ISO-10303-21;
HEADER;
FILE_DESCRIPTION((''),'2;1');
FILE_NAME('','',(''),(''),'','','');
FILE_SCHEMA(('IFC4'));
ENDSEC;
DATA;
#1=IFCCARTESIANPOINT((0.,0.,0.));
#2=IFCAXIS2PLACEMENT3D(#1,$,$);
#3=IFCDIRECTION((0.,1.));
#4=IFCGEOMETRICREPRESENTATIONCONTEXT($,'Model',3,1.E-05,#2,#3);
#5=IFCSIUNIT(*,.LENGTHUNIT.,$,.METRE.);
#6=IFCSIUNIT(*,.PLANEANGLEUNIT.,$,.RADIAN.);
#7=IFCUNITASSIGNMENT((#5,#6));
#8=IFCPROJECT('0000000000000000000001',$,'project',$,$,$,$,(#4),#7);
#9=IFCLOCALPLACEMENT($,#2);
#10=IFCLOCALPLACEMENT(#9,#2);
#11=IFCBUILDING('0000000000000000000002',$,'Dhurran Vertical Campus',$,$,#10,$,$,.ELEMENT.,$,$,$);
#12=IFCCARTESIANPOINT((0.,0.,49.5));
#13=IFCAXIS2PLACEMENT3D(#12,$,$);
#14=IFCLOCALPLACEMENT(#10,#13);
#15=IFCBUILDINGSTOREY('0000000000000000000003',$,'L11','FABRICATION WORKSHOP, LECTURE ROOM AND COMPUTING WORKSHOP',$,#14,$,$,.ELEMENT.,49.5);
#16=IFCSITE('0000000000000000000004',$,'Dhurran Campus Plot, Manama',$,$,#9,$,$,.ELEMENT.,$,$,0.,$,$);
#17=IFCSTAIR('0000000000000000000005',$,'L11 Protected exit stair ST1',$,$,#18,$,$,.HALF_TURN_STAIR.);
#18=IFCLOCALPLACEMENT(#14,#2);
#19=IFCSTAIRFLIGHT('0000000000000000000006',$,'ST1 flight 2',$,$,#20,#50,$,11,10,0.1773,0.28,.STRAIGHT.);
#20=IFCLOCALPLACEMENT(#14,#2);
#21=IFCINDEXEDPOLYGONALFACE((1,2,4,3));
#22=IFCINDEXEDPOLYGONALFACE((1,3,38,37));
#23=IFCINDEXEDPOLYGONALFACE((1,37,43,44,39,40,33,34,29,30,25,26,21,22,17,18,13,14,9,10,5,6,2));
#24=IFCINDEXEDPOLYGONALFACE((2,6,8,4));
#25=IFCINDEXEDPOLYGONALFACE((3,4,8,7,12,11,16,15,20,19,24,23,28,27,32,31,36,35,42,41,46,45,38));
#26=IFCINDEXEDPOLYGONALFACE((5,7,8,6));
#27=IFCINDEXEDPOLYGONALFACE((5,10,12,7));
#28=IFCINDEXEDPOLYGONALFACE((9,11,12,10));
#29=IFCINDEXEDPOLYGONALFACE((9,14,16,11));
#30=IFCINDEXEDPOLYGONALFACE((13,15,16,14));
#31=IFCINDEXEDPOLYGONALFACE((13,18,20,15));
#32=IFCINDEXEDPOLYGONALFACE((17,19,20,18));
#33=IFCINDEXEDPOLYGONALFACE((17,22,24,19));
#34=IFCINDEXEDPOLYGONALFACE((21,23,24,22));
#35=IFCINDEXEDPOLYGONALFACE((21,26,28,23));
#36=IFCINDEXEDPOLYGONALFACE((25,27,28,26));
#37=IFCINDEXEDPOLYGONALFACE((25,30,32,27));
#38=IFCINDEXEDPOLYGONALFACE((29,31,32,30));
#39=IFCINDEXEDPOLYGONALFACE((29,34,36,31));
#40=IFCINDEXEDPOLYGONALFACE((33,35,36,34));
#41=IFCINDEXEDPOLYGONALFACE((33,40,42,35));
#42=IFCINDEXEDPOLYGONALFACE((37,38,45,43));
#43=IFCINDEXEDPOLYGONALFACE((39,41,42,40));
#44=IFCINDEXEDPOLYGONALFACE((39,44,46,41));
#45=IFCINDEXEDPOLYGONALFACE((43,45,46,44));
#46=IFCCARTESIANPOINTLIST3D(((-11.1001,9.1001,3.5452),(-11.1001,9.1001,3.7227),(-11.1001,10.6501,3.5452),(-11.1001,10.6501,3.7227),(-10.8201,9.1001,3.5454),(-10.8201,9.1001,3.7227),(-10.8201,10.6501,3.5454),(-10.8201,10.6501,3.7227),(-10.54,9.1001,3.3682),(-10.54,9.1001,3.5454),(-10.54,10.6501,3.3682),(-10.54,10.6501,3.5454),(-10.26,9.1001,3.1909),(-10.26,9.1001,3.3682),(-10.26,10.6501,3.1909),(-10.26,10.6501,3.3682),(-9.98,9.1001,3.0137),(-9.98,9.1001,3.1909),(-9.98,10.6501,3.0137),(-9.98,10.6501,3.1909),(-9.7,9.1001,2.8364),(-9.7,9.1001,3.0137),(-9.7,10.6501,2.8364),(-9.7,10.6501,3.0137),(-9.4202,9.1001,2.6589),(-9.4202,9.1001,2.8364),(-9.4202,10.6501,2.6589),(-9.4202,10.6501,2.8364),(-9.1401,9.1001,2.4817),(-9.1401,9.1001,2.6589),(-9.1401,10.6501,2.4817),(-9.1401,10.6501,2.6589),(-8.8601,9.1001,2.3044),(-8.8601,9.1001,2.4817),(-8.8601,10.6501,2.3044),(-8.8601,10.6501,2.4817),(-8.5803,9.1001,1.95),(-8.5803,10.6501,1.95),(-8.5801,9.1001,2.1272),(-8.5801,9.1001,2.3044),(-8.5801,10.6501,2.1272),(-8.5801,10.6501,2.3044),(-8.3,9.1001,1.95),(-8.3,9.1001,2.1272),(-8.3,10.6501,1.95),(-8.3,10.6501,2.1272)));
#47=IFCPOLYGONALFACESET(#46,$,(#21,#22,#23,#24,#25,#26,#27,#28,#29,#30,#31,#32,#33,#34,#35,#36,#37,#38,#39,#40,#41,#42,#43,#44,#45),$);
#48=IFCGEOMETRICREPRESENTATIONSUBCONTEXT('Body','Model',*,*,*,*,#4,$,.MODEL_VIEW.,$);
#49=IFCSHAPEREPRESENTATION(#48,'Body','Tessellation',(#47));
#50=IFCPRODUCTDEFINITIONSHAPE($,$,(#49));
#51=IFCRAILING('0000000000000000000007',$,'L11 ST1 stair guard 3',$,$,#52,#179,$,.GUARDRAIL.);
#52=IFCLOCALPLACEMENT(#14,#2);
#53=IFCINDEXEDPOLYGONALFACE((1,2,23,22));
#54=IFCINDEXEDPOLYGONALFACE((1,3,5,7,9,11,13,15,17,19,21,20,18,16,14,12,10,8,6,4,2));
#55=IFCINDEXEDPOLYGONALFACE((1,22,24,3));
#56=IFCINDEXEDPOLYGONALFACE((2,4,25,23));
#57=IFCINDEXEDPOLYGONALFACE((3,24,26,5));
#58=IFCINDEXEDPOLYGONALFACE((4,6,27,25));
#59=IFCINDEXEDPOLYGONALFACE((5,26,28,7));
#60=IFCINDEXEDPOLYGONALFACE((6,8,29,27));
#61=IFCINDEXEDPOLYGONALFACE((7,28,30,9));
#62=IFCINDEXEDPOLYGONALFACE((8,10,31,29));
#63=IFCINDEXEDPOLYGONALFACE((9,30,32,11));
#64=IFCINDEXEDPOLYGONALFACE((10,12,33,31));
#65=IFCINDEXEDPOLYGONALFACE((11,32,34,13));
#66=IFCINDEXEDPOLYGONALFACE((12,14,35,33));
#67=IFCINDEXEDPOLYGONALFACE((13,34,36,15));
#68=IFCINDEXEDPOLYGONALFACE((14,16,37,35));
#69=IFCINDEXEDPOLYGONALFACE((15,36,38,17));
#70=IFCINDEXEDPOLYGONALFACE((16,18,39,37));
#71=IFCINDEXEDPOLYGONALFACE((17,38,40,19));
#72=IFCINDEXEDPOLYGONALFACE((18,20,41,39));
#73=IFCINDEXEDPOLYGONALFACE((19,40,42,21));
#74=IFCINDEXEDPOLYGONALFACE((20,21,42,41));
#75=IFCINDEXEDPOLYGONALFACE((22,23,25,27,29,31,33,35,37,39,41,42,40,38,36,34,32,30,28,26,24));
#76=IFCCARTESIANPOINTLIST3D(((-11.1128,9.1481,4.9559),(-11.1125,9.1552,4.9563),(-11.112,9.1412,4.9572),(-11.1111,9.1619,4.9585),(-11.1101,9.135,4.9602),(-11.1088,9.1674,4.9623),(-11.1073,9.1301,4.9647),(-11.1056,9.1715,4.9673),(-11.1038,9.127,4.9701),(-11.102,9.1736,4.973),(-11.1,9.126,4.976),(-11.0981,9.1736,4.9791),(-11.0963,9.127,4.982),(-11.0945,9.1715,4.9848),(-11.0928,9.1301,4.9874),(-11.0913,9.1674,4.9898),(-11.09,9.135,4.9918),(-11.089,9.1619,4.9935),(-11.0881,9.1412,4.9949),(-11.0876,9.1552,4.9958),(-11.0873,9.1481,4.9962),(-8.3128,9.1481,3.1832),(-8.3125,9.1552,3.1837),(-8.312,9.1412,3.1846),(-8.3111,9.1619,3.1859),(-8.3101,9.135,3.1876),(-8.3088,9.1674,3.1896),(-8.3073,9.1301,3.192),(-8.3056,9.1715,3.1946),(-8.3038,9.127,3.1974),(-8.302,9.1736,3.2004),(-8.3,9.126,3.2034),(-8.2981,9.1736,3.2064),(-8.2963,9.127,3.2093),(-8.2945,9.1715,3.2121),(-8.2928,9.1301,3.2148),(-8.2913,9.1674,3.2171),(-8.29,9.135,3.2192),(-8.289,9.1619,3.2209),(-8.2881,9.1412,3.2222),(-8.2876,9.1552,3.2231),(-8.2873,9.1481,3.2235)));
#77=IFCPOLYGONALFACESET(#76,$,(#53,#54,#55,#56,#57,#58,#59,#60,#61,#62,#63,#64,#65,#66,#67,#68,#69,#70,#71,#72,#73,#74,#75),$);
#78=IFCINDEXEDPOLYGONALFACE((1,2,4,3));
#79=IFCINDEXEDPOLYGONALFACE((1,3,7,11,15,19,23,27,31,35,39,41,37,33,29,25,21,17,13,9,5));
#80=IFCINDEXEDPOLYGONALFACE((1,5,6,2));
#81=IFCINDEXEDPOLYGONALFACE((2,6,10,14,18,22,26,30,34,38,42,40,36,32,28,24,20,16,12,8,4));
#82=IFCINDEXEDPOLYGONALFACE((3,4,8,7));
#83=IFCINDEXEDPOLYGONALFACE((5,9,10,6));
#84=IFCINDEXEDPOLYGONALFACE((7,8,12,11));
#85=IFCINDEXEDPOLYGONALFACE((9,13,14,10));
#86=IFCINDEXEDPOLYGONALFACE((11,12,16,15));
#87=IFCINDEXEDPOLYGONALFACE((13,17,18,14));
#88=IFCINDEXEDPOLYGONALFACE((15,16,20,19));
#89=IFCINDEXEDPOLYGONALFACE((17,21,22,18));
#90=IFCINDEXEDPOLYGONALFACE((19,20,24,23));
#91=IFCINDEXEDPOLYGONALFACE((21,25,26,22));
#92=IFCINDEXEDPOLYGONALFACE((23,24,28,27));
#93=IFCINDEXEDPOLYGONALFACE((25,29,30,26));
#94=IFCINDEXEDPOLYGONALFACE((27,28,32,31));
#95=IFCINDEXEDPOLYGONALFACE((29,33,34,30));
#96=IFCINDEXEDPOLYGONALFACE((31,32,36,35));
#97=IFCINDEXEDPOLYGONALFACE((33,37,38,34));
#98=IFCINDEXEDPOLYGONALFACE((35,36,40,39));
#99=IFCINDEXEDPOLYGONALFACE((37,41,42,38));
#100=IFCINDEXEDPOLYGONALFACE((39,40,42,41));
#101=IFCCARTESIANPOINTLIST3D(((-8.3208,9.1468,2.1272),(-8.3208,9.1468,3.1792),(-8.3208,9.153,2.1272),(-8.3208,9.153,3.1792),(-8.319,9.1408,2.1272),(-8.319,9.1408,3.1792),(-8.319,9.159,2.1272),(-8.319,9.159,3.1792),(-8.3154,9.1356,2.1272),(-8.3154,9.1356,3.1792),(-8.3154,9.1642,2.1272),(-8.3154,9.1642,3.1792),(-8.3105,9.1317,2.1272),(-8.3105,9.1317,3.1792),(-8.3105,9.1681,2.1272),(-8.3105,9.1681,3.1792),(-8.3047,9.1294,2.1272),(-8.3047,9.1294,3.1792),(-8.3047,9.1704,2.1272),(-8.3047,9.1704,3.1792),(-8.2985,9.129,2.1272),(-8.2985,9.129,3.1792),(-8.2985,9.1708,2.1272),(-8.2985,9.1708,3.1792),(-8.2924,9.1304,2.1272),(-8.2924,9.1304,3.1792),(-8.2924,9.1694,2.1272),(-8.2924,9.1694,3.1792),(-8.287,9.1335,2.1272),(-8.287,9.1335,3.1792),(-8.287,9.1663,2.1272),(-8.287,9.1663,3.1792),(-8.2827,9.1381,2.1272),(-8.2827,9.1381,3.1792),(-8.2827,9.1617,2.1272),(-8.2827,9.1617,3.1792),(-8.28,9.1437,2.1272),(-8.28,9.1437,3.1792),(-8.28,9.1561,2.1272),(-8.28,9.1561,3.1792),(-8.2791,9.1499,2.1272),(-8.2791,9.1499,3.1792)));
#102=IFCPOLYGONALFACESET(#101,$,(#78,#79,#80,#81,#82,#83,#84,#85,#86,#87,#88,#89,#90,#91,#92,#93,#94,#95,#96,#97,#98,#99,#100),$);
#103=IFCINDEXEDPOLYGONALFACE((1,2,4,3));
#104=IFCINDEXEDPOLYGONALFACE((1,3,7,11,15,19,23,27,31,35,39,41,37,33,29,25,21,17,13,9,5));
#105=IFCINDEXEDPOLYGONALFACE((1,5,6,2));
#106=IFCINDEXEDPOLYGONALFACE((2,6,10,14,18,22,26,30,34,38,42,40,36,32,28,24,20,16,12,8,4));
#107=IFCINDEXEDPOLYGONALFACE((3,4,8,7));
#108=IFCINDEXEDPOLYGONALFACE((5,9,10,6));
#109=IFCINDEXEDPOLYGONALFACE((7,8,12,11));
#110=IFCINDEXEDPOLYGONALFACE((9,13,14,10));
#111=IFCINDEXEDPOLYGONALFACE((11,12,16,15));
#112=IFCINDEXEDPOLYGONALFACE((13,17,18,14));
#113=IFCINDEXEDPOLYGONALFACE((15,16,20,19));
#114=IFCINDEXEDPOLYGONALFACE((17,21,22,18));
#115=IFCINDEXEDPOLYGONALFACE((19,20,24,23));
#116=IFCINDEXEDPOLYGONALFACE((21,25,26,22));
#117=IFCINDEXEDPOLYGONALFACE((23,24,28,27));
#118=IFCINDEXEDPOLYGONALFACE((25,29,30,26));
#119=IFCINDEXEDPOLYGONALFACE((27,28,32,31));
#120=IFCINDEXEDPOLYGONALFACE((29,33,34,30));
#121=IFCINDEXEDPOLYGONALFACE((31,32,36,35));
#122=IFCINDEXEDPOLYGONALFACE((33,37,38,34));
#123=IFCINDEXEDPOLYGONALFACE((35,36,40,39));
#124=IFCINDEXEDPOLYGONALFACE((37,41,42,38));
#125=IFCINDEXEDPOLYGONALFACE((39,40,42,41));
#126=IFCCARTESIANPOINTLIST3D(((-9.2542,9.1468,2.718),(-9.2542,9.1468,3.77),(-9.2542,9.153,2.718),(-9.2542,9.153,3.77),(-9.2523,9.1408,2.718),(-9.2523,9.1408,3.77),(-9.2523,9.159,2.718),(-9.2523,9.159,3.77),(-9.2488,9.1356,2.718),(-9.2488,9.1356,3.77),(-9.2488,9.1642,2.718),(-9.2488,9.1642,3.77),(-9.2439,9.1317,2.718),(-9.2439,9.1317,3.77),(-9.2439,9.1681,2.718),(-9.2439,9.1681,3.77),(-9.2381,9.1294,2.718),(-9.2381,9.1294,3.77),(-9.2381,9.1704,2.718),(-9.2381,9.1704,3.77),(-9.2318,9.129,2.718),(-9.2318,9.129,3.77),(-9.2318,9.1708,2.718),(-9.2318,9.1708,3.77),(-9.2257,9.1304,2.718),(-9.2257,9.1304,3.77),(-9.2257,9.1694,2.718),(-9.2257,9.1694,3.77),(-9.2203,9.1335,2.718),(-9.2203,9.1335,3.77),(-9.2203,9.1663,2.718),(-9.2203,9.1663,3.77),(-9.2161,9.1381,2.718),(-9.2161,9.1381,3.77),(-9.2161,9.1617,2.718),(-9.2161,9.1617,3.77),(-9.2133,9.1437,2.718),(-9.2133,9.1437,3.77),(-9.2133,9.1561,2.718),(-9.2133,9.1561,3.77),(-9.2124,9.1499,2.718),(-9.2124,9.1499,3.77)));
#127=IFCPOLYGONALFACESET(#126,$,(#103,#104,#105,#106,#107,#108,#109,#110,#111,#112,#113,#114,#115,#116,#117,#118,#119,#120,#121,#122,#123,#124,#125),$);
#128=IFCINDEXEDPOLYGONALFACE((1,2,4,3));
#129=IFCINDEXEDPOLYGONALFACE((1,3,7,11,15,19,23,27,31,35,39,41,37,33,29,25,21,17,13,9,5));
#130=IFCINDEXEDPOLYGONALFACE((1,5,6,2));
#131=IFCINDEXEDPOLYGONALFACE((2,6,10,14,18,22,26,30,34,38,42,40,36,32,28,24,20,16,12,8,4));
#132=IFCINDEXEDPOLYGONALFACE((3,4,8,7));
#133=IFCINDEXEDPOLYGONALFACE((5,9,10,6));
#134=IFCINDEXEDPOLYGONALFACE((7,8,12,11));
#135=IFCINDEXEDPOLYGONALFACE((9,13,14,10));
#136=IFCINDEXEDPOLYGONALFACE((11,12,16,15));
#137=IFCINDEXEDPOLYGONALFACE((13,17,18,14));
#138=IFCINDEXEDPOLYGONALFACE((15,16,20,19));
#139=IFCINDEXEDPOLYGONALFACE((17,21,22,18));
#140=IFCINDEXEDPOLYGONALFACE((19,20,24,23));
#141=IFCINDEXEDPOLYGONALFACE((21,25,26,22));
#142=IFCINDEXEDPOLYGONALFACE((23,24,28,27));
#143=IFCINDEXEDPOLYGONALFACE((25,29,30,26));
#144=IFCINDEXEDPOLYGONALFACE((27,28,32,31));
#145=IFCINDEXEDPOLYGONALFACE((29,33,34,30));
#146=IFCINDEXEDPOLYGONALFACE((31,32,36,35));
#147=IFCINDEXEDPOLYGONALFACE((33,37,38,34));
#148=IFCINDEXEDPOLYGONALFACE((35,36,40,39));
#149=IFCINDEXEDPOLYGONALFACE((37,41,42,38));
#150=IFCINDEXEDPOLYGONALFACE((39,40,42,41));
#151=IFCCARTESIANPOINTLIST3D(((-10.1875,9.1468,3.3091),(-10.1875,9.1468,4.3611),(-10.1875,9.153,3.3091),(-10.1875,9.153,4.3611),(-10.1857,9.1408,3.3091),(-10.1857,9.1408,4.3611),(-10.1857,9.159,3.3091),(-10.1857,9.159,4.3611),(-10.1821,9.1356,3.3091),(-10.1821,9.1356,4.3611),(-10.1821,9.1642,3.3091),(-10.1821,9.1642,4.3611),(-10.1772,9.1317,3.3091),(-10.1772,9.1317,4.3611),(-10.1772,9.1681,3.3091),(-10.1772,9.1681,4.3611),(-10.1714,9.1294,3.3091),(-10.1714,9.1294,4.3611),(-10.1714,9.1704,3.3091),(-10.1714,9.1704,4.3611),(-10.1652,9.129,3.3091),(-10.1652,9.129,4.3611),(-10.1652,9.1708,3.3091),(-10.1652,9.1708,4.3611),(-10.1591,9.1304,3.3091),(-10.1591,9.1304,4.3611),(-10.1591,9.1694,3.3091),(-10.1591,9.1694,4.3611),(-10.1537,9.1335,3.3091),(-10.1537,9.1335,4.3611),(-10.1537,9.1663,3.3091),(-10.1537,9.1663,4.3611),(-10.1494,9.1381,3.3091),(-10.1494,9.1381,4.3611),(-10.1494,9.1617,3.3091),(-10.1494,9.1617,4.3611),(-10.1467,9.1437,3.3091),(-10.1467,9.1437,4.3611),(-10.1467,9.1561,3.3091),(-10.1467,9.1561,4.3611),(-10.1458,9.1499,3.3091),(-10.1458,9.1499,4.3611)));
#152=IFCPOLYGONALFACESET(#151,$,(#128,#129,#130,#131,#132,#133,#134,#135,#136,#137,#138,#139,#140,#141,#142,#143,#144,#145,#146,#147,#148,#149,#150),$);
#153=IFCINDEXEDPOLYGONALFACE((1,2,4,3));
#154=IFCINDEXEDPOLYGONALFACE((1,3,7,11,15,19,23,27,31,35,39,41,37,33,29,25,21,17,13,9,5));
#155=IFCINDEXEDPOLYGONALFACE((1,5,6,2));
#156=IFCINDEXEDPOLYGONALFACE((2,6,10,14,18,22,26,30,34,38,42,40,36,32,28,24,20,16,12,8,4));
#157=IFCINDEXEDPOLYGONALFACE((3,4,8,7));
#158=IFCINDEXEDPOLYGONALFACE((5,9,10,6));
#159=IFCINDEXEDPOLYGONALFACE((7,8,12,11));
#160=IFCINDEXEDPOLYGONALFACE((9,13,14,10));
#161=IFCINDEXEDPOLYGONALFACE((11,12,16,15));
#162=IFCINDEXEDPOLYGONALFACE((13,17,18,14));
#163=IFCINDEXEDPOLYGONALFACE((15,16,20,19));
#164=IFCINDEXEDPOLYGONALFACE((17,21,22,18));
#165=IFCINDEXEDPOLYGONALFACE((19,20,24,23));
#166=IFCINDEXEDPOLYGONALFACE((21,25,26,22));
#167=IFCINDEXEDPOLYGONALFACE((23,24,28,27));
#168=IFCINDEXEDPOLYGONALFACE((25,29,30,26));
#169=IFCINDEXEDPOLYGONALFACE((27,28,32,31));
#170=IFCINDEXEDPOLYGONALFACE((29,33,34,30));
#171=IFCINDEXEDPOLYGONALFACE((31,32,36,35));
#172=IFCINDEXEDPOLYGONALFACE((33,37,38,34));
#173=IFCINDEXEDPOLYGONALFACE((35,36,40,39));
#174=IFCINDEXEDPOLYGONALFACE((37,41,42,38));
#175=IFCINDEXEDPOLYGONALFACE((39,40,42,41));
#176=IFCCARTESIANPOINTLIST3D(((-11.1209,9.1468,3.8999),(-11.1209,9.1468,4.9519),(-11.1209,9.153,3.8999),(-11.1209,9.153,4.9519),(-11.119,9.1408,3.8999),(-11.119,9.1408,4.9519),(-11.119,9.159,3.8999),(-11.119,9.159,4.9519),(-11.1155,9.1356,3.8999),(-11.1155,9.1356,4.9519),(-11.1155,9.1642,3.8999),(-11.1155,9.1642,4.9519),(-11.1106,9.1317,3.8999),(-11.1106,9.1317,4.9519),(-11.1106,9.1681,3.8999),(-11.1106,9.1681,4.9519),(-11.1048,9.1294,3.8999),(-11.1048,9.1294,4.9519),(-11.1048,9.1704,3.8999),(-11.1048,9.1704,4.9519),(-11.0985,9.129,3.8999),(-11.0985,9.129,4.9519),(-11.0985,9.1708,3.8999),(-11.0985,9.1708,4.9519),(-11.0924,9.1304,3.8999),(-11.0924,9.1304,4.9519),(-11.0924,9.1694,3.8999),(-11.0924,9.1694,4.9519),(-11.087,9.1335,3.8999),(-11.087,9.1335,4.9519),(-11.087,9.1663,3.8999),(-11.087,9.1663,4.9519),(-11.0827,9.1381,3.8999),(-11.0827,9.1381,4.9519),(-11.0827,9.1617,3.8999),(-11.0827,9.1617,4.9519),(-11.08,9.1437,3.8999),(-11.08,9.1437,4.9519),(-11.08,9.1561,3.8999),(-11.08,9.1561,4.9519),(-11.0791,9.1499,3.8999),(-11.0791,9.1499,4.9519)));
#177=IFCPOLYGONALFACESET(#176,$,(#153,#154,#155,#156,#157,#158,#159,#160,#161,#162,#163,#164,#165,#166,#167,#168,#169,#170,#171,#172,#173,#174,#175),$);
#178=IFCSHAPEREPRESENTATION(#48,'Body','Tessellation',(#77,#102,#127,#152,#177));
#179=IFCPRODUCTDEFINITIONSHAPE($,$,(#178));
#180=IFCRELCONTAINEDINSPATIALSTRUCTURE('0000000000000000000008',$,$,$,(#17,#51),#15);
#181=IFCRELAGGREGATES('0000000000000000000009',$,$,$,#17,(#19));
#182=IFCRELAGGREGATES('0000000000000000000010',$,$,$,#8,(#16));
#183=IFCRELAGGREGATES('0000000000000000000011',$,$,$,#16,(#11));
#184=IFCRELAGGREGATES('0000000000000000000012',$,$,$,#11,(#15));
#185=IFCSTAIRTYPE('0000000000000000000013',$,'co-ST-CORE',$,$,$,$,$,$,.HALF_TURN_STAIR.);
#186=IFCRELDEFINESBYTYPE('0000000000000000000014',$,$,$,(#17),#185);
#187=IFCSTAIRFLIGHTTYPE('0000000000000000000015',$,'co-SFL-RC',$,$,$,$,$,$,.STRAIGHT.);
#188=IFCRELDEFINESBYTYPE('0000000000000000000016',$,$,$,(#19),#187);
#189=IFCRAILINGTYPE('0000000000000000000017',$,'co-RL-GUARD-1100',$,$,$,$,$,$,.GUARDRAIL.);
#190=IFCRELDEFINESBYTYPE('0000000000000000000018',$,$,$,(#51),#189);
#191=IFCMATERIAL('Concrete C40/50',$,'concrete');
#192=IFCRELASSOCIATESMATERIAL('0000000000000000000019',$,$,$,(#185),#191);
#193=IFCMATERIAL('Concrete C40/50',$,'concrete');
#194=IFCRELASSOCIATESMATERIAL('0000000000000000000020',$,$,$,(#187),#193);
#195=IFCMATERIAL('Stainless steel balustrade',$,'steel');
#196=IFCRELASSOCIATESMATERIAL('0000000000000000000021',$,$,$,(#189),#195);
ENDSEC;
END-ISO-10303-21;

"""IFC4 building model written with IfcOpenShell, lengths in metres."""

from ifc_helpers import new_model, si_unit, direction, frame, origin, origin_2d, place, context, subcontext, project, spatial, polyline, circle, outline, extrude, material, type_object, element, aggregate, save


model = new_model("IFC4")

# Units and contexts
model_context = context("Model", 3, precision=1e-05, world=origin(), true_north=direction((0.0, 1.0)))
body_context = subcontext(model_context, "Body", "Model", "MODEL_VIEW")
ifc_project = project(units=[si_unit("LENGTHUNIT", "METRE"), si_unit("PLANEANGLEUNIT", "RADIAN")], contexts=[model_context])

# Site, building, storey
site_placement = place(None, origin())
site = spatial("IfcSite", under=ifc_project, at=site_placement, Name="Dhurran Campus Plot, Manama", CompositionType="ELEMENT", RefElevation=0.0)
building_placement = place(site_placement, origin())
building = spatial("IfcBuilding", under=site, at=building_placement, Name="Dhurran Vertical Campus", CompositionType="ELEMENT")
storey_placement = place(building_placement, frame((0.0, 0.0, 49.5)))
storey = spatial("IfcBuildingStorey", under=building, at=storey_placement, Name="L11", Description="FABRICATION WORKSHOP, LECTURE ROOM AND COMPUTING WORKSHOP", CompositionType="ELEMENT", Elevation=49.5)

# Stair, stair flight
ifc_material_1 = material(Name="Concrete C40/50", Category="concrete")
stair_type = type_object("IfcStairType", Name="co-ST-CORE", PredefinedType="HALF_TURN_STAIR", material=ifc_material_1)
stair_placement = place(storey_placement, origin())
stair = element("IfcStair", 1, at=stair_placement, inside=storey, type_object=stair_type, Name="L11 Protected exit stair ST1", PredefinedType="HALF_TURN_STAIR")
ifc_material_2 = material(Name="Concrete C40/50", Category="concrete")
stair_flight_type = type_object("IfcStairFlightType", Name="co-SFL-RC", PredefinedType="STRAIGHT", material=ifc_material_2)
stair_flight_placement = place(storey_placement, frame((-8.3, 9.875, 1.95), z_axis=(0.0, 0.0, 1.0), x_axis=(-1.0, 0.0, 0.0)))
stair_flight = element("IfcStairFlight", 2, at=stair_flight_placement, type_object=stair_flight_type, Name="ST1 flight 2", NumberOfRisers=11, NumberOfTreads=10, PredefinedType="STRAIGHT", RiserHeight=0.1773, TreadLength=0.28, context=body_context, shape_type="SweptSolid", body=[
    extrude(outline(polyline([(0.0, 0.0), (0.0, 0.1772), (0.28, 0.1772), (0.28, 0.3545), (0.5601, 0.3545), (0.5601, 0.5317), (0.8401, 0.5317), (0.8401, 0.709), (1.1201, 0.709), (1.1201, 0.8865), (1.3999, 0.8865), (1.3999, 1.0637), (1.6799, 1.0637), (1.6799, 1.241), (1.96, 1.241), (1.96, 1.4182), (2.24, 1.4182), (2.24, 1.5955), (2.52, 1.5955), (2.52, 1.7727), (2.8, 1.7727), (2.8, 1.95), (2.8, 1.5952), (0.2803, 0.0), (0.0, 0.0)])), frame((0.0, 0.7749, 0.0), z_axis=(0.0, -1.0, 0.0), x_axis=(1.0, 0.0, 0.0)), (0.0, 0.0, 1.0), 1.55),
])
aggregate(stair, [stair_flight])

# Railing
ifc_material_3 = material(Name="Stainless steel balustrade", Category="steel")
railing_type_1 = type_object("IfcRailingType", Name="co-RL-GUARD-1100", PredefinedType="GUARDRAIL", material=ifc_material_3)
railing_1_placement = place(storey_placement, frame((-8.3, 9.1499, 2.1272)))
element("IfcRailing", 3, at=railing_1_placement, inside=storey, type_object=railing_type_1, Name="L11 ST1 stair guard 3", PredefinedType="GUARDRAIL", context=body_context, shape_type="SweptSolid", body=[
    extrude(circle(Radius=0.0239, at=origin_2d()), frame((0.0, 0.0, 1.0762), z_axis=(-0.844909, 0.0, 0.53491), x_axis=(0.0, -1.0, 0.0)), (0.0, 0.0, 1.0), 3.314),
    extrude(circle(Radius=0.021, at=origin_2d()), origin(), (0.0, 0.0, 1.0), 1.052),
    extrude(circle(Radius=0.021, at=origin_2d()), frame((-0.9333, 0.0, 0.5908)), (0.0, 0.0, 1.0), 1.052),
    extrude(circle(Radius=0.021, at=origin_2d()), frame((-1.8667, 0.0, 1.1819)), (0.0, 0.0, 1.0), 1.052),
    extrude(circle(Radius=0.021, at=origin_2d()), frame((-2.8, 0.0, 1.7727)), (0.0, 0.0, 1.0), 1.052),
])

save(model, "model.ifc")
